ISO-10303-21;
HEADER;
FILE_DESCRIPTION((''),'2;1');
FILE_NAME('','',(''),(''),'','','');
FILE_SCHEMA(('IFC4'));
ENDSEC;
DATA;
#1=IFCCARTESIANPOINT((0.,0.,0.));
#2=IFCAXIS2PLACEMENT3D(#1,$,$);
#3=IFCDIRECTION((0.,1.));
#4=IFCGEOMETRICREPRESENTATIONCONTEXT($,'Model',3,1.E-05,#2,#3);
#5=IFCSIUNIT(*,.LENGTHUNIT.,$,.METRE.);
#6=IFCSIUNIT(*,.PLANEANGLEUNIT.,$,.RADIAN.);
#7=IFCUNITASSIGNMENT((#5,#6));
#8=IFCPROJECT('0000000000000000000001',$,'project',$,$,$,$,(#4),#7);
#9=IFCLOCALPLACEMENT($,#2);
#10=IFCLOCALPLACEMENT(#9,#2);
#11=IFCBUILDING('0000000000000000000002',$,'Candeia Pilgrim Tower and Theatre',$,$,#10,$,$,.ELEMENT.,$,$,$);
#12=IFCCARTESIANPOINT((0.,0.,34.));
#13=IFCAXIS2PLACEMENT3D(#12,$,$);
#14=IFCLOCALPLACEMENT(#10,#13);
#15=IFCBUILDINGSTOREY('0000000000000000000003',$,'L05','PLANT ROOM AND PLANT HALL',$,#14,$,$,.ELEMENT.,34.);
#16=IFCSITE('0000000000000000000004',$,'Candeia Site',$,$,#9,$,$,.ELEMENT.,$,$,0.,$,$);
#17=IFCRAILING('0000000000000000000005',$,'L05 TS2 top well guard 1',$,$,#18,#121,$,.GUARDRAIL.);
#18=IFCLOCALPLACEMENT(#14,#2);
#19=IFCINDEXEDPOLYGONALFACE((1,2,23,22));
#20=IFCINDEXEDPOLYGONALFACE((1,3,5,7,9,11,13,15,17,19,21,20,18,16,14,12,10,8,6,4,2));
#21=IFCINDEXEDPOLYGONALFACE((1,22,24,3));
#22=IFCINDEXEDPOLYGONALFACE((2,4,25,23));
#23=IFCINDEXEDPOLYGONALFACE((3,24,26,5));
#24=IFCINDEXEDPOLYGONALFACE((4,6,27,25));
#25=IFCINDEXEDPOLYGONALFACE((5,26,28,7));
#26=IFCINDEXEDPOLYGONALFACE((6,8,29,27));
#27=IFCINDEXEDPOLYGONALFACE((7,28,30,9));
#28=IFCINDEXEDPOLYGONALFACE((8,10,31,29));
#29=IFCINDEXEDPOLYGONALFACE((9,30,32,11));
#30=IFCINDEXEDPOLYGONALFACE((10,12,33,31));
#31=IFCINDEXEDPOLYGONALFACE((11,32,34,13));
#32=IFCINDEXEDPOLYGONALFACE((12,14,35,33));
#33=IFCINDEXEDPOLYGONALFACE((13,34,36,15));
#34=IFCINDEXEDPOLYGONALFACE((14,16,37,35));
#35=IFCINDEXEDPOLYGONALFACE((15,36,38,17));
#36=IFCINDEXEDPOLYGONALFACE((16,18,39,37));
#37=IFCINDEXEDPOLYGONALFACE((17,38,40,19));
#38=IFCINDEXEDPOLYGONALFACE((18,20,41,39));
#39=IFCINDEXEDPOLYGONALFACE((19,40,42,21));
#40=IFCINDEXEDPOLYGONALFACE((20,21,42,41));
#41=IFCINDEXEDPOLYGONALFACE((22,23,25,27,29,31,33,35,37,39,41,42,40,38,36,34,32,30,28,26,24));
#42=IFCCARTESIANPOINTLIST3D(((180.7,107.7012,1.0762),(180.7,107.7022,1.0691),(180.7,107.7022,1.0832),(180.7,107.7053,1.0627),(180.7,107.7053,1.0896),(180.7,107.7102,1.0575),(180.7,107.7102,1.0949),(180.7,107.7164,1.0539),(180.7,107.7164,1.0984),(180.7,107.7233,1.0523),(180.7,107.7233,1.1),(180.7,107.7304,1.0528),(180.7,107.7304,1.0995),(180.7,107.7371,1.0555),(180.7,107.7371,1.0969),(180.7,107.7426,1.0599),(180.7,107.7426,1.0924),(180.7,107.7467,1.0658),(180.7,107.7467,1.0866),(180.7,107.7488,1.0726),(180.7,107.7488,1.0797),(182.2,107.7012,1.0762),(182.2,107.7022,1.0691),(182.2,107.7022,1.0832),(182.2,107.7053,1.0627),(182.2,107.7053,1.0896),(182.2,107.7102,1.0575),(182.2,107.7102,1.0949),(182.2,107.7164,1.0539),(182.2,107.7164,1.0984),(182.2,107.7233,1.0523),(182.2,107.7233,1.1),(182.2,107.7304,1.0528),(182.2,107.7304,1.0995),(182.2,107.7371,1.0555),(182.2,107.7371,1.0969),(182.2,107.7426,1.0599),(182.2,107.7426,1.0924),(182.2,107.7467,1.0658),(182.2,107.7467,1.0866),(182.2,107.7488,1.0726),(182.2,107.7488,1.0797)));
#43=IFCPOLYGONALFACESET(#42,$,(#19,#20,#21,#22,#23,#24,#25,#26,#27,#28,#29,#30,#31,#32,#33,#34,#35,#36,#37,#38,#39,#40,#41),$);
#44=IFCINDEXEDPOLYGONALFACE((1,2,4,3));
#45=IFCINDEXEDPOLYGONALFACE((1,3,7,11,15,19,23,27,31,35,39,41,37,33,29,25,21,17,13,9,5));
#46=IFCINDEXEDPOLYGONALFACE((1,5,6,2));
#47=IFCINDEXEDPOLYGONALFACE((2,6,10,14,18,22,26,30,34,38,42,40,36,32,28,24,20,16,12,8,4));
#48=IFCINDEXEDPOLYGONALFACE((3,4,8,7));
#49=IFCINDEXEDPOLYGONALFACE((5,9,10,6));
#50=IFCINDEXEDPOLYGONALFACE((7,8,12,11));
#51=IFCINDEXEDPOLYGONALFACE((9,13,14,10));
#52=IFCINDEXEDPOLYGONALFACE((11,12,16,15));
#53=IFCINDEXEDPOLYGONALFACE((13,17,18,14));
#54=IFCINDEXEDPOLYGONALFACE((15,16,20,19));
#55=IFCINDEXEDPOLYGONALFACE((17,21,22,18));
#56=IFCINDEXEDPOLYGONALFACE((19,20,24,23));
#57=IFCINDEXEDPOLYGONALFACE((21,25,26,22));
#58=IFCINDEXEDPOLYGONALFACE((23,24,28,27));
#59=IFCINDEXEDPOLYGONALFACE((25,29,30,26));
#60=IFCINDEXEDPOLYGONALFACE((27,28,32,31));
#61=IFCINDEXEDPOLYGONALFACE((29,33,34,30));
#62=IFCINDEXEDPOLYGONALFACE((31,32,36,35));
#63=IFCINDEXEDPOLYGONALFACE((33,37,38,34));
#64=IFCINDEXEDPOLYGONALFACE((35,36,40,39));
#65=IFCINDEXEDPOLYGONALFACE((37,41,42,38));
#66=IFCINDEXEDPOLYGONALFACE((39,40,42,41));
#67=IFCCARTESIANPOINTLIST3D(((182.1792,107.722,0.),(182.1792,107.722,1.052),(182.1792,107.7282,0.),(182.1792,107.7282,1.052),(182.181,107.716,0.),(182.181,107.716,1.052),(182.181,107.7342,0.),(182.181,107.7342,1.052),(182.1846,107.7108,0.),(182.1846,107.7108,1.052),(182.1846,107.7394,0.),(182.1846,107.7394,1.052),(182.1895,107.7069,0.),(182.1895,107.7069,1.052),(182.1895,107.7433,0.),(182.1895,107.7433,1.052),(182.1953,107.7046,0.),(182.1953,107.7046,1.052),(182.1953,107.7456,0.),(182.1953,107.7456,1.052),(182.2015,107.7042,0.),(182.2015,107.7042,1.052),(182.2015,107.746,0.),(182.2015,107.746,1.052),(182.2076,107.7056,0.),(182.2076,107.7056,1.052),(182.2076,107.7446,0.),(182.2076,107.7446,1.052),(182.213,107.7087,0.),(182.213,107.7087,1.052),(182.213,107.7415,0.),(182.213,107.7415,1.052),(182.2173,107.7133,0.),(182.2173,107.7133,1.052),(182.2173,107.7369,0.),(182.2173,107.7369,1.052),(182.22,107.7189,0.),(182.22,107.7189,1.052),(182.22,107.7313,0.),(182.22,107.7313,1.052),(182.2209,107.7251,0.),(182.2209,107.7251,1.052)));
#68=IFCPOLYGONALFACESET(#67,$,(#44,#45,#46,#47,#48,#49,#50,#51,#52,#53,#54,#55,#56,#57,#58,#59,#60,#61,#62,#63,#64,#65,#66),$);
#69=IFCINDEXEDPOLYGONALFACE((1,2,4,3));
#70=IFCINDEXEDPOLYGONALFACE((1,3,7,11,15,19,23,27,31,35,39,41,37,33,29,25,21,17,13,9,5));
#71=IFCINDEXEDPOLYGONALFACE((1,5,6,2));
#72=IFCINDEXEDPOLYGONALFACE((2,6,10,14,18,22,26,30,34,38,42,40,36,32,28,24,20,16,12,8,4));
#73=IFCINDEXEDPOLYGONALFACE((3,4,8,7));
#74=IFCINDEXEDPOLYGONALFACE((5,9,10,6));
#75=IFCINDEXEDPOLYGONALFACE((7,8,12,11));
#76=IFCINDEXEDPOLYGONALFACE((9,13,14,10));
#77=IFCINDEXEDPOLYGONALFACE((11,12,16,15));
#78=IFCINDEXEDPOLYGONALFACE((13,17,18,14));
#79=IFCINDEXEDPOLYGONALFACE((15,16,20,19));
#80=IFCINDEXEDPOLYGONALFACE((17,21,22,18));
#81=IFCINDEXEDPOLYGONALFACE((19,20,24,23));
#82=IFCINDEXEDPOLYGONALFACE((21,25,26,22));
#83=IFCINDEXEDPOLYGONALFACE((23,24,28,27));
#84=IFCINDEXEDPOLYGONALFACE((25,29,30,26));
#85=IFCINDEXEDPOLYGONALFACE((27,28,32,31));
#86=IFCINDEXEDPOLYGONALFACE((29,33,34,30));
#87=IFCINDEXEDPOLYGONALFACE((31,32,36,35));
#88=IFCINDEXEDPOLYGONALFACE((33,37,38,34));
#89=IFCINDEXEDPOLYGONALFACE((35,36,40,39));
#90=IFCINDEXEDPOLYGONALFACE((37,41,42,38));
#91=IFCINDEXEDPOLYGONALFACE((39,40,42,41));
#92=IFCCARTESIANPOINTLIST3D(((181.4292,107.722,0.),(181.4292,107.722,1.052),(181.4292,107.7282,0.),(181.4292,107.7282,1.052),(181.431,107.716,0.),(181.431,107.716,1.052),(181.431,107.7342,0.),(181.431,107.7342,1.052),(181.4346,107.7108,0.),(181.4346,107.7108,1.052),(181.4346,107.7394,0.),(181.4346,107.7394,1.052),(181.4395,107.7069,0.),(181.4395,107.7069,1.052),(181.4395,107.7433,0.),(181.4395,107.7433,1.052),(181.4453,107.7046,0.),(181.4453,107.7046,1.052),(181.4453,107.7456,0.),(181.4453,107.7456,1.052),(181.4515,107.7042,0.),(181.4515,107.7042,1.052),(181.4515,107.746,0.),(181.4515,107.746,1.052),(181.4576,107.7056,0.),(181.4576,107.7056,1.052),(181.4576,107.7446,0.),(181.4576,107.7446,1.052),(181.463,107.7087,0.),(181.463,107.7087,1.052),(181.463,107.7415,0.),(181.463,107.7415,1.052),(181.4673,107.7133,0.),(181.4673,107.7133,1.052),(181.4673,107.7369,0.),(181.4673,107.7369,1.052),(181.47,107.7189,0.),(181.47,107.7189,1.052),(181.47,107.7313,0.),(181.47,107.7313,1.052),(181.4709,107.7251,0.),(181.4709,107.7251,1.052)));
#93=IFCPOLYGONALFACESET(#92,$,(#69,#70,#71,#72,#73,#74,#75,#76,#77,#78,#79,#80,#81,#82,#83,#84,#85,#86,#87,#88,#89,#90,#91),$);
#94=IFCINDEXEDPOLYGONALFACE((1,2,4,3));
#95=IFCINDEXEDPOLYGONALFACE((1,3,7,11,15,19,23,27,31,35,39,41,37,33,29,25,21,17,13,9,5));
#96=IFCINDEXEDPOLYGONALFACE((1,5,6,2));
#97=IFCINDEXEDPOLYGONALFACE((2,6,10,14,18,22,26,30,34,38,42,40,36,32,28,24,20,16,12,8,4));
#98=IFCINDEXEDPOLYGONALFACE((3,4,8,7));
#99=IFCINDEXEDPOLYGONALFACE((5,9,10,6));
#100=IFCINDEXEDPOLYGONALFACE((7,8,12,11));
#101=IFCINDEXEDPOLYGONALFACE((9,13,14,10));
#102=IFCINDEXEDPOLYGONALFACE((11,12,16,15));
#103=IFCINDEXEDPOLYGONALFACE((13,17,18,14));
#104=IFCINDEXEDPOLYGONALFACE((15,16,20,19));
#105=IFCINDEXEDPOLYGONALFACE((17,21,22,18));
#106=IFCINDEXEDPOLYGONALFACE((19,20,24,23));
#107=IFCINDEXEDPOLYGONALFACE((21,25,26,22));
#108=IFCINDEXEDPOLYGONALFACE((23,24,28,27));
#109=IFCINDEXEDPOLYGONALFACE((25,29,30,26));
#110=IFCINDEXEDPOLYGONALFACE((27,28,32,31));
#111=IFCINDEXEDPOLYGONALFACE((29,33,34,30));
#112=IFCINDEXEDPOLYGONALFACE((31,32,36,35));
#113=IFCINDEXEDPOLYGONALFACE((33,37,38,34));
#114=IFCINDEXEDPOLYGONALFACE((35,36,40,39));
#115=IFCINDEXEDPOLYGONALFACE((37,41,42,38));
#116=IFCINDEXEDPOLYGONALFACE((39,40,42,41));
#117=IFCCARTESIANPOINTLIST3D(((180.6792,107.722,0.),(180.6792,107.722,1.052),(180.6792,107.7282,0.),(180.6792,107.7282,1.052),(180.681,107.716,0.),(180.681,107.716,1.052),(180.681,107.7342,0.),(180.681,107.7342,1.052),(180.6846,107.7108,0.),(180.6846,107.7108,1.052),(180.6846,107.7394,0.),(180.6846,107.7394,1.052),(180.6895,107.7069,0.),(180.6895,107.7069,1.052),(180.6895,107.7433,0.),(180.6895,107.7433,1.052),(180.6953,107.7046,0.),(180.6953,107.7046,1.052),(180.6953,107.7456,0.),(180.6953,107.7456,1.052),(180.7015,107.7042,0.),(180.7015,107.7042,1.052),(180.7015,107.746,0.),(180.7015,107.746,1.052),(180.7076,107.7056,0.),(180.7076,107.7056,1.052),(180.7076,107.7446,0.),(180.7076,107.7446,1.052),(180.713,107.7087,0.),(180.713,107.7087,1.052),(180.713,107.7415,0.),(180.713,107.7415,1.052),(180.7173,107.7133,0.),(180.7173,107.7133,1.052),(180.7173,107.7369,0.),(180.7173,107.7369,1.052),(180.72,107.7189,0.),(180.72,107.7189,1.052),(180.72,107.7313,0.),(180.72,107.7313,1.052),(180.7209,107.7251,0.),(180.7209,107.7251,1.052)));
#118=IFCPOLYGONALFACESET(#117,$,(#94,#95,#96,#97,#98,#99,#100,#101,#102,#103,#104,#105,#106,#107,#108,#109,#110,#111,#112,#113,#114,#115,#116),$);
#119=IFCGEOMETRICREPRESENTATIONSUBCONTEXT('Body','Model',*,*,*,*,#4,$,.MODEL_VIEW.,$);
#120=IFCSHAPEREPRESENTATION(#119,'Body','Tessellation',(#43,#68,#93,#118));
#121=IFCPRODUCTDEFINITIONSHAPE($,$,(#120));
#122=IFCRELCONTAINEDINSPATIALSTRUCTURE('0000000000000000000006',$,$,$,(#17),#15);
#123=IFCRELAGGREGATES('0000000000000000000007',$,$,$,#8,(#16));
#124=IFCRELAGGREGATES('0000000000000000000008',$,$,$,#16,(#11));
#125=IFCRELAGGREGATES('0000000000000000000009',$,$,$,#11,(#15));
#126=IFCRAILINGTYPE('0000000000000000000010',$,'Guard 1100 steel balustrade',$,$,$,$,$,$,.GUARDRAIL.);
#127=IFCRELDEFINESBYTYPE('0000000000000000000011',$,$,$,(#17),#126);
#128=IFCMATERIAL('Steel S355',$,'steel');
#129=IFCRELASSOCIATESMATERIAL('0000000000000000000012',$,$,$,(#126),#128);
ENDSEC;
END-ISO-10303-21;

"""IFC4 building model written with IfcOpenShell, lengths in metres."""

from ifc_helpers import new_model, si_unit, direction, frame, origin, origin_2d, place, context, subcontext, project, spatial, circle, extrude, material, type_object, element, save


model = new_model("IFC4")

# Units and contexts
model_context = context("Model", 3, precision=1e-05, world=origin(), true_north=direction((0.0, 1.0)))
body_context = subcontext(model_context, "Body", "Model", "MODEL_VIEW")
ifc_project = project(units=[si_unit("LENGTHUNIT", "METRE"), si_unit("PLANEANGLEUNIT", "RADIAN")], contexts=[model_context])

# Site, building, storey
site_placement = place(None, origin())
site = spatial("IfcSite", under=ifc_project, at=site_placement, Name="Candeia Site", CompositionType="ELEMENT", RefElevation=0.0)
building_placement = place(site_placement, origin())
building = spatial("IfcBuilding", under=site, at=building_placement, Name="Candeia Pilgrim Tower and Theatre", CompositionType="ELEMENT")
storey_placement = place(building_placement, frame((0.0, 0.0, 34.0)))
storey = spatial("IfcBuildingStorey", under=building, at=storey_placement, Name="L05", Description="PLANT ROOM AND PLANT HALL", CompositionType="ELEMENT", Elevation=34.0)

# Railing
ifc_material_1 = material(Name="Steel S355", Category="steel")
railing_type = type_object("IfcRailingType", Name="Guard 1100 steel balustrade", PredefinedType="GUARDRAIL", material=ifc_material_1)
railing_1_placement = place(storey_placement, frame((182.2, 107.7251, 0.0)))
element("IfcRailing", 1, at=railing_1_placement, inside=storey, type_object=railing_type, Name="L05 TS2 top well guard 1", PredefinedType="GUARDRAIL", context=body_context, shape_type="SweptSolid", body=[
    extrude(circle(Radius=0.0239, at=origin_2d()), frame((0.0, 0.0, 1.0762), z_axis=(-1.0, 0.0, 0.0), x_axis=(0.0, -1.0, 0.0)), (0.0, 0.0, 1.0), 1.5),
    extrude(circle(Radius=0.021, at=origin_2d()), origin(), (0.0, 0.0, 1.0), 1.052),
    extrude(circle(Radius=0.021, at=origin_2d()), frame((-0.75, 0.0, 0.0)), (0.0, 0.0, 1.0), 1.052),
    extrude(circle(Radius=0.021, at=origin_2d()), frame((-1.5, 0.0, 0.0)), (0.0, 0.0, 1.0), 1.052),
])

save(model, "model.ifc")
